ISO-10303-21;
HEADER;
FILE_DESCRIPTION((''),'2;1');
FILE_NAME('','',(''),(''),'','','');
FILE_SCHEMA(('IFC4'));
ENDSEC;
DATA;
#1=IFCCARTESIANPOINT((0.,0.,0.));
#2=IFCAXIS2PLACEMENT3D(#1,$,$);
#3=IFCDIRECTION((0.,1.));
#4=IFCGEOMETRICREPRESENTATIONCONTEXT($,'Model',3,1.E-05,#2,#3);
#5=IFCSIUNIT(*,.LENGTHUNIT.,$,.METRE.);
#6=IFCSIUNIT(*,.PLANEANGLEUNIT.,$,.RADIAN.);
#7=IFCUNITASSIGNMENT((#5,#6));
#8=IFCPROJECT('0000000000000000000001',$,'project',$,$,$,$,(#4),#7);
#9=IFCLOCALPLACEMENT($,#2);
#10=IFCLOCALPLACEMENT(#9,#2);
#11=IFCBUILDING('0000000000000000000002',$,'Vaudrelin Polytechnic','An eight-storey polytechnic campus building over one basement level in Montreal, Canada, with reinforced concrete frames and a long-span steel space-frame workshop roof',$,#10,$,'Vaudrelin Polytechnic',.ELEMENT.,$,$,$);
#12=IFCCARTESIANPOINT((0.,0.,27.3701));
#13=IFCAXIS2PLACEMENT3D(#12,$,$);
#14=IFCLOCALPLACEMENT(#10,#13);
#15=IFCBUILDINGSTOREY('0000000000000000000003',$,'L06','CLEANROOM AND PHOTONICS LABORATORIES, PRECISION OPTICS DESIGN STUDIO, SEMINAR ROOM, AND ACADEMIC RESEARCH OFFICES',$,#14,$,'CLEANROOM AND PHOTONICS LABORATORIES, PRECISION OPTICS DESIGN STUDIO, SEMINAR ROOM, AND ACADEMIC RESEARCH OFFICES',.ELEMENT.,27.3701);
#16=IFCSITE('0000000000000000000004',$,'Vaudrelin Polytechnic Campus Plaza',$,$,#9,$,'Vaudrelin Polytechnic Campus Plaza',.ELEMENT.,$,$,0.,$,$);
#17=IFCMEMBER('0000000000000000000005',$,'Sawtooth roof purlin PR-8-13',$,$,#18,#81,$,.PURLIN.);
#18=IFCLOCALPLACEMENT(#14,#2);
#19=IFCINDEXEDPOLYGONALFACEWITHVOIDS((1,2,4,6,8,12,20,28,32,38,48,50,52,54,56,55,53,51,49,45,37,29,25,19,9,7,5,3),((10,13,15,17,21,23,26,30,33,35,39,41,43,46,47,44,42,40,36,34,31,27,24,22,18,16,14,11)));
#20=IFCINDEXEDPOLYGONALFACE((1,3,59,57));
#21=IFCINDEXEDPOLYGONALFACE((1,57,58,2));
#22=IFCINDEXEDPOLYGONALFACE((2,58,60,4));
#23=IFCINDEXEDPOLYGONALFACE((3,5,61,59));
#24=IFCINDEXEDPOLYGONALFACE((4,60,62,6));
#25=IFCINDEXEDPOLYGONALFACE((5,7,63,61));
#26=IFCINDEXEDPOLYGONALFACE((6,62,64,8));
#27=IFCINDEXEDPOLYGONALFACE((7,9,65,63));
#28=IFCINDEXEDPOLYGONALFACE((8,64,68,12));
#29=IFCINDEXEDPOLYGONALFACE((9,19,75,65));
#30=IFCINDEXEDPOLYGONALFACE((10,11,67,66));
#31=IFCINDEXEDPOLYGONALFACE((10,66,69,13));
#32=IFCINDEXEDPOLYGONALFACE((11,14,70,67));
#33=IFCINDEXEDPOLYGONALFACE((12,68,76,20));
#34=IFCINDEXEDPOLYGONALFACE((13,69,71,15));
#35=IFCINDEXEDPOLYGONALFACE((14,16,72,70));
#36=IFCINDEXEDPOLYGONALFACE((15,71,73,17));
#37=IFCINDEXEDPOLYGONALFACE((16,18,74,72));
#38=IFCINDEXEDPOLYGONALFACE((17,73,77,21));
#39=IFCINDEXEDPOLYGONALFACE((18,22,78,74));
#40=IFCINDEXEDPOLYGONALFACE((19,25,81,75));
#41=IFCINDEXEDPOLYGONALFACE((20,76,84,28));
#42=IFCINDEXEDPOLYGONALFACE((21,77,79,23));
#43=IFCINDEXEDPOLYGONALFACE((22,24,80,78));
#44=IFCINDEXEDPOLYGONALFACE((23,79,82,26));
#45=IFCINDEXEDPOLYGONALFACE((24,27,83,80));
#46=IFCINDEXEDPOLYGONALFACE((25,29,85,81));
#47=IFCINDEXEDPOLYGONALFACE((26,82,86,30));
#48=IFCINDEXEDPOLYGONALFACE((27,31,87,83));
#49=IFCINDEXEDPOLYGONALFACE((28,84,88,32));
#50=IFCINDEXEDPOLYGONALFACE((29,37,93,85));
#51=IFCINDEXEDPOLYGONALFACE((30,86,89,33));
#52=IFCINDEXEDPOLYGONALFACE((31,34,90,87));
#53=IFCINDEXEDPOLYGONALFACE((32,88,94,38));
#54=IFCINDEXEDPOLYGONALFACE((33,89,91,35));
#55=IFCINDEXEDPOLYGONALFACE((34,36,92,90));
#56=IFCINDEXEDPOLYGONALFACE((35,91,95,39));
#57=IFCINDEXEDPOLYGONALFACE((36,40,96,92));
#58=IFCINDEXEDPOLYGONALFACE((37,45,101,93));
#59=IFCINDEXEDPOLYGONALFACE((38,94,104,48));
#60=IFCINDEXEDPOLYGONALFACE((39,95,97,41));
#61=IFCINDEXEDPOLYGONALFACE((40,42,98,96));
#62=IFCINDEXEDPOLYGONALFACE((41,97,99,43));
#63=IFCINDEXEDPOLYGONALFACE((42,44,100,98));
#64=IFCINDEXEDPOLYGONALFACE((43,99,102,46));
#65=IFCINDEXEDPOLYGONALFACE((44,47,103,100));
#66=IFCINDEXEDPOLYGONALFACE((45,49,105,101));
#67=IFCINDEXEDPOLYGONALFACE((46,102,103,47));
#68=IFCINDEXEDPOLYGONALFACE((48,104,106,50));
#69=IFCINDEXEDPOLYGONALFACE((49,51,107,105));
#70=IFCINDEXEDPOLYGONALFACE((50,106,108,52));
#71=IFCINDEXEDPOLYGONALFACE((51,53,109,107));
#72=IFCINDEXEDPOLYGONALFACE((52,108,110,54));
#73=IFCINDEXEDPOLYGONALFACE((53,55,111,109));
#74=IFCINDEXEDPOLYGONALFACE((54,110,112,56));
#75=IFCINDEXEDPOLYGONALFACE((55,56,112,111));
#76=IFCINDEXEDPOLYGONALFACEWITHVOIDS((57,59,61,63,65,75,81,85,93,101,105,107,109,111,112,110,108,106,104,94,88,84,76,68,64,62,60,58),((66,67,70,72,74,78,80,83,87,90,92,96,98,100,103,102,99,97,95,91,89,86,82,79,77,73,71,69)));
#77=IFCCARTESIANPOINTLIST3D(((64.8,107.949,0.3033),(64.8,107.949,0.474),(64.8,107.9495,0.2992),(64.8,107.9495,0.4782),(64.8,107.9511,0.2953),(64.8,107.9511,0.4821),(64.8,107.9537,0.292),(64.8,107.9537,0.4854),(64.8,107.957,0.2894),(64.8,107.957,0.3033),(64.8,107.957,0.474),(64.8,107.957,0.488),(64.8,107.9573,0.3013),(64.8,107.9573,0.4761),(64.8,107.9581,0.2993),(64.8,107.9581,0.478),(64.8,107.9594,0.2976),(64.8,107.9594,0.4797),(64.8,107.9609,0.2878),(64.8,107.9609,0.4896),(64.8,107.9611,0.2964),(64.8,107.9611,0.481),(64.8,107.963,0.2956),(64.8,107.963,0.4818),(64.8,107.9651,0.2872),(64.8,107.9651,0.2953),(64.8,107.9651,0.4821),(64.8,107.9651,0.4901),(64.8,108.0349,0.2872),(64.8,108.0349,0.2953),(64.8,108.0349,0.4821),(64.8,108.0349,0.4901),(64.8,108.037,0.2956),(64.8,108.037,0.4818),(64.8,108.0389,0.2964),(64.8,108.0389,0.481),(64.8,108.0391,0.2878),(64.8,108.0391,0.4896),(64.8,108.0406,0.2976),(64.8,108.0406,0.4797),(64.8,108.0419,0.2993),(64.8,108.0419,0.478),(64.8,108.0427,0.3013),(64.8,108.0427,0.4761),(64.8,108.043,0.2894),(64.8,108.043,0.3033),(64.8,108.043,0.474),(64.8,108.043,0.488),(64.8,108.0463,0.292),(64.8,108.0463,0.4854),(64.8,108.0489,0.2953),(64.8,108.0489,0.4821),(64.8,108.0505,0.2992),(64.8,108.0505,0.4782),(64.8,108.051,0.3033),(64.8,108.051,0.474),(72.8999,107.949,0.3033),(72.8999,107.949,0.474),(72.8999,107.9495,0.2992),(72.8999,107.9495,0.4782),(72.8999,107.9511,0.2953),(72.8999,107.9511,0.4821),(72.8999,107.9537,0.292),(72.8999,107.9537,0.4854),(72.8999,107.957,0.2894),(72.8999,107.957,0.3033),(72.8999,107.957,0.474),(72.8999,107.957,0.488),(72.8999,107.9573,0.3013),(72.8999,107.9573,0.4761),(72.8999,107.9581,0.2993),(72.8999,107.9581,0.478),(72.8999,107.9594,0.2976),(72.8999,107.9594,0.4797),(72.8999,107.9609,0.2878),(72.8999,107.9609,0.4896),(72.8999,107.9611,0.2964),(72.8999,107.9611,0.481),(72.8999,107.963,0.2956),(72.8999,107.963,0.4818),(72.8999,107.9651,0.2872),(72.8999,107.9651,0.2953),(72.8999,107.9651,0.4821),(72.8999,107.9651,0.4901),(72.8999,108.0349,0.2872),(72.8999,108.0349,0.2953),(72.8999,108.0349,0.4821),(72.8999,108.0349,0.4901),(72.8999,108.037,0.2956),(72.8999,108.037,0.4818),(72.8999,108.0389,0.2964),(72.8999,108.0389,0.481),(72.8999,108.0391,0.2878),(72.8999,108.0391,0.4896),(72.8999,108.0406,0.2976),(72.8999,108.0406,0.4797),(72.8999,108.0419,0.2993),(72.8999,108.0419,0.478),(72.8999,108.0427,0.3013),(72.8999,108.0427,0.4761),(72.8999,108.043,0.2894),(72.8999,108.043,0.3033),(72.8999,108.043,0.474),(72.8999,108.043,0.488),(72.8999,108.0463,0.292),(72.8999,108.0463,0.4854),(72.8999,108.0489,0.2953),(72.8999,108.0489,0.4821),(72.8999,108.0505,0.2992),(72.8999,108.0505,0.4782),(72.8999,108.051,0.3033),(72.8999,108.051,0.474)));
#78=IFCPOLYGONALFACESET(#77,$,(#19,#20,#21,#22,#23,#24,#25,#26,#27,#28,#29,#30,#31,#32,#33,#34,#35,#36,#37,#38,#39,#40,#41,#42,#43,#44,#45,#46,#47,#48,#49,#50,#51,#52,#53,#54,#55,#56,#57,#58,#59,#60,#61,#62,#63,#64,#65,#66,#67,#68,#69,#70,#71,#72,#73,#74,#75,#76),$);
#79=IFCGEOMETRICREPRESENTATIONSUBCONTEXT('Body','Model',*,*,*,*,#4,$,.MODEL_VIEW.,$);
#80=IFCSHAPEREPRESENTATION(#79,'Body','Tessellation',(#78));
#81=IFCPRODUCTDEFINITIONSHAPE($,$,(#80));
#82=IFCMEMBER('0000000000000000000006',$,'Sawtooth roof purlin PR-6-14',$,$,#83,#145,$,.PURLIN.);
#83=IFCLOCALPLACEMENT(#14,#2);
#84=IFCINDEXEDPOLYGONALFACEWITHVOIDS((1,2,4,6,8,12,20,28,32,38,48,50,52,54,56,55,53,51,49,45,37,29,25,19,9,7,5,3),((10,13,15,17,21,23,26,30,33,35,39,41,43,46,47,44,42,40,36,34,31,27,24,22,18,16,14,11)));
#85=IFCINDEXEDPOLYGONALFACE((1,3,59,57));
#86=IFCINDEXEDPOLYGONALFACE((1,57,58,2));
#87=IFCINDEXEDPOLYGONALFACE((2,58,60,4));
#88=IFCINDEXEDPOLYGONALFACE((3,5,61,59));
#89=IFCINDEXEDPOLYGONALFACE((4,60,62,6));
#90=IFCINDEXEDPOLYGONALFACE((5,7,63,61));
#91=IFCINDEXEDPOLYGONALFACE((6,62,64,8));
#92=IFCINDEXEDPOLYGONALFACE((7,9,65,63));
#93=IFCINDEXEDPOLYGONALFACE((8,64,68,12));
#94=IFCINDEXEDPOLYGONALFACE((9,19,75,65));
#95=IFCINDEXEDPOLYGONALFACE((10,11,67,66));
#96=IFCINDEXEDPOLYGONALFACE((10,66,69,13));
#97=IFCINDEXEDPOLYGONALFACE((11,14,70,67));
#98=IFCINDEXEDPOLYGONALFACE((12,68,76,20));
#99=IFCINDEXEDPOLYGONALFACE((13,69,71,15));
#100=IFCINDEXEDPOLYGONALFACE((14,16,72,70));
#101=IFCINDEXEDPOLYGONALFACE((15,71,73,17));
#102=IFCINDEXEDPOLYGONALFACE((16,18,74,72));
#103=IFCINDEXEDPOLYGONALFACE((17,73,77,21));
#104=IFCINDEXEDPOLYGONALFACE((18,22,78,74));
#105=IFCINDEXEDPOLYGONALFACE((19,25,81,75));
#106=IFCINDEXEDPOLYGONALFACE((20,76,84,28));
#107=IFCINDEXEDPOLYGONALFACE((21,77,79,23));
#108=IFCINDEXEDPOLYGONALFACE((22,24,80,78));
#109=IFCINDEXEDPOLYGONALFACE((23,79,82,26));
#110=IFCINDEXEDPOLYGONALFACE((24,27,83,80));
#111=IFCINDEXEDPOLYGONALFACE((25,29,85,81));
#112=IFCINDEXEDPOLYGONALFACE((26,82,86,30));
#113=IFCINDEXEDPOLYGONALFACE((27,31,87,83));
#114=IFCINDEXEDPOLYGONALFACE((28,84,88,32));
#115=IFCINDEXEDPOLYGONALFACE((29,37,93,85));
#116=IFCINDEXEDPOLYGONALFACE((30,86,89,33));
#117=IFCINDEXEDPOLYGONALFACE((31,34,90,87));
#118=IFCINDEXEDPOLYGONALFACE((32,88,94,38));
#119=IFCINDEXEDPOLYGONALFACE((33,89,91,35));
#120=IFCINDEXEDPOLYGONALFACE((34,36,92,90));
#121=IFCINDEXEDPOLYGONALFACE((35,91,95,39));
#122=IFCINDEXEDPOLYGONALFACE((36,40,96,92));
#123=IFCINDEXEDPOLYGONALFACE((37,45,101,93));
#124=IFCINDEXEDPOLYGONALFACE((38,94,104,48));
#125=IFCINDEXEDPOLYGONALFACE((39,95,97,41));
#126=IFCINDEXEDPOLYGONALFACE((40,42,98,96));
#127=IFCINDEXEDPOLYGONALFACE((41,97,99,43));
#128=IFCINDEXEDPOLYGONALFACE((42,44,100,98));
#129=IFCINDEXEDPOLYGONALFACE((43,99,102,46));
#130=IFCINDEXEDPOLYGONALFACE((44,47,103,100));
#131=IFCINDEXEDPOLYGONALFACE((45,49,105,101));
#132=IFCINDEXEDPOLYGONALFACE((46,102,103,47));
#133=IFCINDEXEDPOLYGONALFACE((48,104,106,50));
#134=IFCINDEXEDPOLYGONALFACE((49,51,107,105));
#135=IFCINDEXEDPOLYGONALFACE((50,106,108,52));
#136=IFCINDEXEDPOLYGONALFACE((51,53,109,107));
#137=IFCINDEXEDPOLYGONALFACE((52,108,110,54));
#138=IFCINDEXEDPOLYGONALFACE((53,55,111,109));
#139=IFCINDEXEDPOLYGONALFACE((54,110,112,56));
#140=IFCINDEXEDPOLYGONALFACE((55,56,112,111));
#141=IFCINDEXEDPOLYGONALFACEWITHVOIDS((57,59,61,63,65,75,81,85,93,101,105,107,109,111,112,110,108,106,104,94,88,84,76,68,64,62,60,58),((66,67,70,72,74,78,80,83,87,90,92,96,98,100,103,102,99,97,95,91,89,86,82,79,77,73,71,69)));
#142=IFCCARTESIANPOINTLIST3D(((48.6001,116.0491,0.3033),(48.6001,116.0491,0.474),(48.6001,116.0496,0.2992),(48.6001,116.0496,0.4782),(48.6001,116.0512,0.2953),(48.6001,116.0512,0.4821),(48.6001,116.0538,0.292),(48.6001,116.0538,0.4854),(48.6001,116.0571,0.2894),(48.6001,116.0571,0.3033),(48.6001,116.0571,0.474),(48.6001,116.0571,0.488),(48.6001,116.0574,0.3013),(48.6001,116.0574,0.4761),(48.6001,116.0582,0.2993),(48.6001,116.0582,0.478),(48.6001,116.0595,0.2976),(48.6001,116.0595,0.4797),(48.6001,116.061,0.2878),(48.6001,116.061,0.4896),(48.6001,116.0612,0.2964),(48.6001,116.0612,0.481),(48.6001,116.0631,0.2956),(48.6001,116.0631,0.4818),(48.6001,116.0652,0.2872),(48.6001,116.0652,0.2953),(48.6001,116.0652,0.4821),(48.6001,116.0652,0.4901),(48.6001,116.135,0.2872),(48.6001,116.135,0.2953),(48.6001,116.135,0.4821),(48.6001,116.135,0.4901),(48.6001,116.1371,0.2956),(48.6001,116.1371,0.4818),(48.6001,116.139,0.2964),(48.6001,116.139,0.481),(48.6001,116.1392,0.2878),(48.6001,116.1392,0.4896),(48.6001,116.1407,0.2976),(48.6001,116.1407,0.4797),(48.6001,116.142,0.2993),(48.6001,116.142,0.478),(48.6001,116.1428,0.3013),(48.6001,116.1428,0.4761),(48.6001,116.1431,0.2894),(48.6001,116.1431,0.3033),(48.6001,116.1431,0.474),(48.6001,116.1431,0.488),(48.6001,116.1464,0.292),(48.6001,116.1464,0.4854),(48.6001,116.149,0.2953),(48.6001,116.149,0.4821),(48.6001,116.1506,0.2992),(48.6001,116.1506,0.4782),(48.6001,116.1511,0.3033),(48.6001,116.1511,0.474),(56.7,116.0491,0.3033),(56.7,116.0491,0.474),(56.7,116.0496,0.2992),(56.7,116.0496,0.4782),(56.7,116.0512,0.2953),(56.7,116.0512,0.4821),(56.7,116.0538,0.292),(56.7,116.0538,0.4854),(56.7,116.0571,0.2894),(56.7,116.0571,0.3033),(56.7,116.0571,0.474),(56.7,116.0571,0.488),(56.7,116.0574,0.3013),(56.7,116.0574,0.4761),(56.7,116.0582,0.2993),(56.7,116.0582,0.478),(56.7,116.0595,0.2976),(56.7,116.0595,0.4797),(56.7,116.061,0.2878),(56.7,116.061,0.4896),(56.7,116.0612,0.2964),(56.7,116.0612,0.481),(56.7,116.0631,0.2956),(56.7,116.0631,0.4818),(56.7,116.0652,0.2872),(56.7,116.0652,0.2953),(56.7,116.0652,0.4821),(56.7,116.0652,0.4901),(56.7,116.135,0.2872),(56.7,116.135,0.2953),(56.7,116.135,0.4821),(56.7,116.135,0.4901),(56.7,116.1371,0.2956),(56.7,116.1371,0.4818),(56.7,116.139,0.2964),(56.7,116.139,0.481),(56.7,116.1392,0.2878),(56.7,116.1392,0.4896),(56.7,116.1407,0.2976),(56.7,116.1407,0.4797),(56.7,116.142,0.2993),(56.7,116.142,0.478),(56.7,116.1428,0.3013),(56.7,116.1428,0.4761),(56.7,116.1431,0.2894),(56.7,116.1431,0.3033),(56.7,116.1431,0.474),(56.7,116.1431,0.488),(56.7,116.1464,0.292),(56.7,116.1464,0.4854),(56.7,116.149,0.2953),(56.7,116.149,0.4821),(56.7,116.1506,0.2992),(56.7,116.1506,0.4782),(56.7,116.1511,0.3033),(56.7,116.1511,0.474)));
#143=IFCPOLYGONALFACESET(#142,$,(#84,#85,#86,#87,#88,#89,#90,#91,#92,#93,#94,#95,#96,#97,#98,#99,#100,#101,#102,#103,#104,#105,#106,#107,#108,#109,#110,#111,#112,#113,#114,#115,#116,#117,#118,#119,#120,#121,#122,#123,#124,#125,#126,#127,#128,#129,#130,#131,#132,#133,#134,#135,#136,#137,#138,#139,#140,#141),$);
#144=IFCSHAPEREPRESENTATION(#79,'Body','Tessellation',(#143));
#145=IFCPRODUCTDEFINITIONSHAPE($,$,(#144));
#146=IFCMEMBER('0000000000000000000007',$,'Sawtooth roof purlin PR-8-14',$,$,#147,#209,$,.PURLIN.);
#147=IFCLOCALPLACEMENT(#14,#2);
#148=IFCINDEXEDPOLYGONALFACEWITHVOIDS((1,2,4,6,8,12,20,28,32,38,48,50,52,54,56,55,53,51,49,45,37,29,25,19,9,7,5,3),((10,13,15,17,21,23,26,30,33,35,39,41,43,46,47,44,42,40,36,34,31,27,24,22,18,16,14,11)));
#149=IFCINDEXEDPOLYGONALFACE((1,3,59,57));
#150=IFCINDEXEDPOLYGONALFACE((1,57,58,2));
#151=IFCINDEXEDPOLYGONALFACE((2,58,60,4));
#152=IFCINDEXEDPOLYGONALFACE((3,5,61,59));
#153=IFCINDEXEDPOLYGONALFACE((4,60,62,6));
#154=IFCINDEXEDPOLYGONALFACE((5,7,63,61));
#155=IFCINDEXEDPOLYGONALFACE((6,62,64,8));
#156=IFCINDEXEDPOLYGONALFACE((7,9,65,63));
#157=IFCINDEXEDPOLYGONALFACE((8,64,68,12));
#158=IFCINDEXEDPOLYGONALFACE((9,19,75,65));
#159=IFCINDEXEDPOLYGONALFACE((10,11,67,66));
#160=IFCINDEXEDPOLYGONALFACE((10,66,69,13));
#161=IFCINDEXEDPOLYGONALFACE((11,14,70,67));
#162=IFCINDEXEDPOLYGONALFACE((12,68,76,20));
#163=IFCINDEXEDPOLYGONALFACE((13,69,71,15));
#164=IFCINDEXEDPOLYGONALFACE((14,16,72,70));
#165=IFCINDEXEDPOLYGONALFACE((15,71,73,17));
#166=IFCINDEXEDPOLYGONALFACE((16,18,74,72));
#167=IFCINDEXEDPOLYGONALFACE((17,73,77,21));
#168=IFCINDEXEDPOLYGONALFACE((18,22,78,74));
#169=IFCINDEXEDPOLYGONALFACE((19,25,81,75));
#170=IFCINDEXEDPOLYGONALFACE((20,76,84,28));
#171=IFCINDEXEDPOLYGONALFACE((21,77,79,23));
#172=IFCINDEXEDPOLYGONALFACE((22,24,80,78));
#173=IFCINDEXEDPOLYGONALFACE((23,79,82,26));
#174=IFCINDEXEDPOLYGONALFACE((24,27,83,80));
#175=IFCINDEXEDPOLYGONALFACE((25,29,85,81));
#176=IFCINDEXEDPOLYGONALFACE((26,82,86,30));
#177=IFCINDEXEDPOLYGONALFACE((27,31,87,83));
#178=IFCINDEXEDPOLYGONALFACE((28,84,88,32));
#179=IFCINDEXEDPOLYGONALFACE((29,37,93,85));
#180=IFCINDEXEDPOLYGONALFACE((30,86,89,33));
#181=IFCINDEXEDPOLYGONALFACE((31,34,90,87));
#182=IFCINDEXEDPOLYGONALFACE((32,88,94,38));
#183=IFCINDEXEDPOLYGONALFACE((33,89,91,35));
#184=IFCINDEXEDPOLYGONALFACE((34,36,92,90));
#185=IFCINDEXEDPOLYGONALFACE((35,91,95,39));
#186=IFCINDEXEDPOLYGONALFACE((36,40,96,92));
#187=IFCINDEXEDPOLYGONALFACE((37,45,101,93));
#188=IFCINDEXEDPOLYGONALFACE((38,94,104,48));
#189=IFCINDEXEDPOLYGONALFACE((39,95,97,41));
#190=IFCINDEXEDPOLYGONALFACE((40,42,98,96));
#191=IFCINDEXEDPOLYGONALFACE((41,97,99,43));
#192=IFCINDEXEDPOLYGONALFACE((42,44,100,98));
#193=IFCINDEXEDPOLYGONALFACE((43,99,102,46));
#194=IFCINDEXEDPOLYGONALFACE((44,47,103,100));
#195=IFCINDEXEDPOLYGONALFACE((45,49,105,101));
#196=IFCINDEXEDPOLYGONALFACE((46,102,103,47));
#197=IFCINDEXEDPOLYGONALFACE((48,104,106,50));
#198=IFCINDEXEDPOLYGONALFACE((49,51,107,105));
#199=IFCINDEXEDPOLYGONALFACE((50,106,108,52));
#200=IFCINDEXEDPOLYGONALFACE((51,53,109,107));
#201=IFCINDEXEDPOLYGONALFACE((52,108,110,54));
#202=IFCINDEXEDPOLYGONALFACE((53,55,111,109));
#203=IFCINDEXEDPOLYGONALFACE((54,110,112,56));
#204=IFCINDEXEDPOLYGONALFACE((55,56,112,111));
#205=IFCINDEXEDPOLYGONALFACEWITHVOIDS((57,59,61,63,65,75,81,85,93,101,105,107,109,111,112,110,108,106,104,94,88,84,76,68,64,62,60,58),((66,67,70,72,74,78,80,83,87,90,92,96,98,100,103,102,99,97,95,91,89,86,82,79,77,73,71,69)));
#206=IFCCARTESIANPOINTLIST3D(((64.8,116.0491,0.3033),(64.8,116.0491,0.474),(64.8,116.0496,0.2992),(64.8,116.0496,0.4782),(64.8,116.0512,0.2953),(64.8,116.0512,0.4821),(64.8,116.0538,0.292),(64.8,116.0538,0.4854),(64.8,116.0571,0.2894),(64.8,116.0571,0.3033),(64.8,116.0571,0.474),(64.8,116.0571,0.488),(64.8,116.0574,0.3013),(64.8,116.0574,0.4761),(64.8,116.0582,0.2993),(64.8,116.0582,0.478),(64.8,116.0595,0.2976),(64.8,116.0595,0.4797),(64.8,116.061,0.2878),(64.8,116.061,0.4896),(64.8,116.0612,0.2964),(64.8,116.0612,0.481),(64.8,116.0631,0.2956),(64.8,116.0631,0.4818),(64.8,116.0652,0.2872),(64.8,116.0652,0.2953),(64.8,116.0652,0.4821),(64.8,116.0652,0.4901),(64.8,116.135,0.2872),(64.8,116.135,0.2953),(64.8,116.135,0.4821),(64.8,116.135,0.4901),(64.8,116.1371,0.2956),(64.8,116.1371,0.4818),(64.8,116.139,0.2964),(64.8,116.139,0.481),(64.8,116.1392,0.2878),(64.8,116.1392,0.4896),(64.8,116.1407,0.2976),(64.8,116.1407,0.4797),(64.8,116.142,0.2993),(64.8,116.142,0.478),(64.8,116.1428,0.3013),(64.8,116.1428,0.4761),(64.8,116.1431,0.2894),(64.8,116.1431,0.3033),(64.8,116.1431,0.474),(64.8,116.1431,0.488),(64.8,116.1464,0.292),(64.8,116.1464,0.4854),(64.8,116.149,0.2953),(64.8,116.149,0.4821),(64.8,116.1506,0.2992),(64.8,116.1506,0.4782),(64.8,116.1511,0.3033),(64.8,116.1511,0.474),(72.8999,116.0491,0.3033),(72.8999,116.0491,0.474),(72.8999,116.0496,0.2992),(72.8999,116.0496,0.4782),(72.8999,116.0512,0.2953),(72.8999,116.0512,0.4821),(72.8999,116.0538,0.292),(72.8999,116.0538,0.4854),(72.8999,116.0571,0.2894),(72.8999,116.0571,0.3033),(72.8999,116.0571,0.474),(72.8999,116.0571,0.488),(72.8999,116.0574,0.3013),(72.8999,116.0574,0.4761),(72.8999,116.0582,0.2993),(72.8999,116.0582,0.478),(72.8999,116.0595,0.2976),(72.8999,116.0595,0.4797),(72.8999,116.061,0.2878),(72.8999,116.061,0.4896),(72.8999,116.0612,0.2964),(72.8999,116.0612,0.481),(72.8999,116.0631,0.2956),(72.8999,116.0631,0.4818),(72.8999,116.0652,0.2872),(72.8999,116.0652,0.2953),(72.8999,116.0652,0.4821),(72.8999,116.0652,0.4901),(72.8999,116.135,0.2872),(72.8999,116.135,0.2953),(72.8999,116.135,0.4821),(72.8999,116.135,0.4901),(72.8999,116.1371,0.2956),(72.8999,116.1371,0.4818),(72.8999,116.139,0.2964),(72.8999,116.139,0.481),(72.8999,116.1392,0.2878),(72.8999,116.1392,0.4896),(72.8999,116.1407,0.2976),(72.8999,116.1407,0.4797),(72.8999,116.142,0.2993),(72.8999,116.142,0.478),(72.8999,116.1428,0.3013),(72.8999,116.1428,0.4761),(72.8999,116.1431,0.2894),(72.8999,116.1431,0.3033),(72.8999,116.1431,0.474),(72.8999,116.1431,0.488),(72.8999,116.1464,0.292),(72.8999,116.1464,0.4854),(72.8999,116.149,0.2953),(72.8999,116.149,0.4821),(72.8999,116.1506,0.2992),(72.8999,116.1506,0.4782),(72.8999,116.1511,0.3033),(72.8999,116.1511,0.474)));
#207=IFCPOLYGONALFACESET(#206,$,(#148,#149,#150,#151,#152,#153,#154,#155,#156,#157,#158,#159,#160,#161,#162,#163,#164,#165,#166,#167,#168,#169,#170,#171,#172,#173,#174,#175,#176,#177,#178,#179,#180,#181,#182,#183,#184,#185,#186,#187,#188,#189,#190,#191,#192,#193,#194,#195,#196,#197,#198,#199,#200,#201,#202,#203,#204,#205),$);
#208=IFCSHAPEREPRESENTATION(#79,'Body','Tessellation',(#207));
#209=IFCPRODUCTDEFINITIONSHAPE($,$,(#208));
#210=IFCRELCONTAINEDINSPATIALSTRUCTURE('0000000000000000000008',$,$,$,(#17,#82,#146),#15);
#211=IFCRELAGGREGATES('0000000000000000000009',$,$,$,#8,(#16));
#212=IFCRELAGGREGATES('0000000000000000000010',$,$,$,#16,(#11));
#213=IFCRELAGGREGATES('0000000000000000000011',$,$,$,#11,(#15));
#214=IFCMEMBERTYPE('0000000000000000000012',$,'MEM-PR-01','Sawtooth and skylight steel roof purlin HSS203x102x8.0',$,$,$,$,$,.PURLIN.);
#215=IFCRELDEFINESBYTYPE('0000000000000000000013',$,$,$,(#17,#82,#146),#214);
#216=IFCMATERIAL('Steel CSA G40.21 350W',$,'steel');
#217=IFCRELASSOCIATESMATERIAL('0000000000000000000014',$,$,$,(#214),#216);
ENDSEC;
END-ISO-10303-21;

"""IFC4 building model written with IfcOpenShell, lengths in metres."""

from ifc_helpers import new_model, si_unit, direction, frame, origin, origin_2d, place, context, subcontext, project, spatial, hollow_rectangle, extrude, material, material_profile, profile_set, type_object, element, save


model = new_model("IFC4")

# Units and contexts
model_context = context("Model", 3, precision=1e-05, world=origin(), true_north=direction((0.0, 1.0)))
body_context = subcontext(model_context, "Body", "Model", "MODEL_VIEW")
ifc_project = project(units=[si_unit("LENGTHUNIT", "METRE"), si_unit("PLANEANGLEUNIT", "RADIAN")], contexts=[model_context])

# Site, building, storey
site_placement = place(None, origin())
site = spatial("IfcSite", under=ifc_project, at=site_placement, Name="Vaudrelin Polytechnic Campus Plaza", LongName="Vaudrelin Polytechnic Campus Plaza", CompositionType="ELEMENT", RefElevation=0.0)
building_placement = place(site_placement, origin())
building = spatial("IfcBuilding", under=site, at=building_placement, Name="Vaudrelin Polytechnic", Description="An eight-storey polytechnic campus building over one basement level in Montreal, Canada, with reinforced concrete frames and a long-span steel space-frame workshop roof", LongName="Vaudrelin Polytechnic", CompositionType="ELEMENT")
storey_placement = place(building_placement, frame((0.0, 0.0, 27.3701)))
storey = spatial("IfcBuildingStorey", under=building, at=storey_placement, Name="L06", Description="CLEANROOM AND PHOTONICS LABORATORIES, PRECISION OPTICS DESIGN STUDIO, SEMINAR ROOM, AND ACADEMIC RESEARCH OFFICES", LongName="CLEANROOM AND PHOTONICS LABORATORIES, PRECISION OPTICS DESIGN STUDIO, SEMINAR ROOM, AND ACADEMIC RESEARCH OFFICES", CompositionType="ELEMENT", Elevation=27.3701)

# Shared definitions
ifc_material_1 = material(Name="Steel CSA G40.21 350W", Category="steel")

# Members
ifc_material_profile_1 = material_profile(ifc_material_1, hollow_rectangle(XDim=0.1021, YDim=0.2029, WallThickness=0.0081, InnerFilletRadius=0.0081, OuterFilletRadius=0.0161, at=origin_2d()), Name="HSS203x102x8.0")
ifc_profile_set_1 = profile_set([ifc_material_profile_1], Name="Steel CSA G40.21 350W")
member_type = type_object("IfcMemberType", Name="MEM-PR-01", Description="Sawtooth and skylight steel roof purlin HSS203x102x8.0", PredefinedType="PURLIN", material=ifc_profile_set_1)
for number, where, z_axis, x_axis, name in (
    (1, (64.8, 108.0, 0.3887), (1.0, 0.0, 0.0), (0.0, 1.0, 0.0), "Sawtooth roof purlin PR-8-13"),
    (2, (48.6001, 116.1001, 0.3887), (1.0, 0.0, 0.0), (0.0, 1.0, 0.0), "Sawtooth roof purlin PR-6-14"),
    (3, (64.8, 116.1001, 0.3887), (1.0, 0.0, 0.0), (0.0, 1.0, 0.0), "Sawtooth roof purlin PR-8-14"),
):
    element("IfcMember", number, at=place(storey_placement, frame(where, z_axis=z_axis, x_axis=x_axis)), inside=storey, type_object=member_type, Name=name, PredefinedType="PURLIN", context=body_context, shape_type="SweptSolid", body=[
        extrude(hollow_rectangle(XDim=0.1021, YDim=0.2029, WallThickness=0.0081, InnerFilletRadius=0.0081, OuterFilletRadius=0.0161, at=origin_2d()), origin(), (0.0, 0.0, 1.0), 8.0999),
    ])

save(model, "model.ifc")
